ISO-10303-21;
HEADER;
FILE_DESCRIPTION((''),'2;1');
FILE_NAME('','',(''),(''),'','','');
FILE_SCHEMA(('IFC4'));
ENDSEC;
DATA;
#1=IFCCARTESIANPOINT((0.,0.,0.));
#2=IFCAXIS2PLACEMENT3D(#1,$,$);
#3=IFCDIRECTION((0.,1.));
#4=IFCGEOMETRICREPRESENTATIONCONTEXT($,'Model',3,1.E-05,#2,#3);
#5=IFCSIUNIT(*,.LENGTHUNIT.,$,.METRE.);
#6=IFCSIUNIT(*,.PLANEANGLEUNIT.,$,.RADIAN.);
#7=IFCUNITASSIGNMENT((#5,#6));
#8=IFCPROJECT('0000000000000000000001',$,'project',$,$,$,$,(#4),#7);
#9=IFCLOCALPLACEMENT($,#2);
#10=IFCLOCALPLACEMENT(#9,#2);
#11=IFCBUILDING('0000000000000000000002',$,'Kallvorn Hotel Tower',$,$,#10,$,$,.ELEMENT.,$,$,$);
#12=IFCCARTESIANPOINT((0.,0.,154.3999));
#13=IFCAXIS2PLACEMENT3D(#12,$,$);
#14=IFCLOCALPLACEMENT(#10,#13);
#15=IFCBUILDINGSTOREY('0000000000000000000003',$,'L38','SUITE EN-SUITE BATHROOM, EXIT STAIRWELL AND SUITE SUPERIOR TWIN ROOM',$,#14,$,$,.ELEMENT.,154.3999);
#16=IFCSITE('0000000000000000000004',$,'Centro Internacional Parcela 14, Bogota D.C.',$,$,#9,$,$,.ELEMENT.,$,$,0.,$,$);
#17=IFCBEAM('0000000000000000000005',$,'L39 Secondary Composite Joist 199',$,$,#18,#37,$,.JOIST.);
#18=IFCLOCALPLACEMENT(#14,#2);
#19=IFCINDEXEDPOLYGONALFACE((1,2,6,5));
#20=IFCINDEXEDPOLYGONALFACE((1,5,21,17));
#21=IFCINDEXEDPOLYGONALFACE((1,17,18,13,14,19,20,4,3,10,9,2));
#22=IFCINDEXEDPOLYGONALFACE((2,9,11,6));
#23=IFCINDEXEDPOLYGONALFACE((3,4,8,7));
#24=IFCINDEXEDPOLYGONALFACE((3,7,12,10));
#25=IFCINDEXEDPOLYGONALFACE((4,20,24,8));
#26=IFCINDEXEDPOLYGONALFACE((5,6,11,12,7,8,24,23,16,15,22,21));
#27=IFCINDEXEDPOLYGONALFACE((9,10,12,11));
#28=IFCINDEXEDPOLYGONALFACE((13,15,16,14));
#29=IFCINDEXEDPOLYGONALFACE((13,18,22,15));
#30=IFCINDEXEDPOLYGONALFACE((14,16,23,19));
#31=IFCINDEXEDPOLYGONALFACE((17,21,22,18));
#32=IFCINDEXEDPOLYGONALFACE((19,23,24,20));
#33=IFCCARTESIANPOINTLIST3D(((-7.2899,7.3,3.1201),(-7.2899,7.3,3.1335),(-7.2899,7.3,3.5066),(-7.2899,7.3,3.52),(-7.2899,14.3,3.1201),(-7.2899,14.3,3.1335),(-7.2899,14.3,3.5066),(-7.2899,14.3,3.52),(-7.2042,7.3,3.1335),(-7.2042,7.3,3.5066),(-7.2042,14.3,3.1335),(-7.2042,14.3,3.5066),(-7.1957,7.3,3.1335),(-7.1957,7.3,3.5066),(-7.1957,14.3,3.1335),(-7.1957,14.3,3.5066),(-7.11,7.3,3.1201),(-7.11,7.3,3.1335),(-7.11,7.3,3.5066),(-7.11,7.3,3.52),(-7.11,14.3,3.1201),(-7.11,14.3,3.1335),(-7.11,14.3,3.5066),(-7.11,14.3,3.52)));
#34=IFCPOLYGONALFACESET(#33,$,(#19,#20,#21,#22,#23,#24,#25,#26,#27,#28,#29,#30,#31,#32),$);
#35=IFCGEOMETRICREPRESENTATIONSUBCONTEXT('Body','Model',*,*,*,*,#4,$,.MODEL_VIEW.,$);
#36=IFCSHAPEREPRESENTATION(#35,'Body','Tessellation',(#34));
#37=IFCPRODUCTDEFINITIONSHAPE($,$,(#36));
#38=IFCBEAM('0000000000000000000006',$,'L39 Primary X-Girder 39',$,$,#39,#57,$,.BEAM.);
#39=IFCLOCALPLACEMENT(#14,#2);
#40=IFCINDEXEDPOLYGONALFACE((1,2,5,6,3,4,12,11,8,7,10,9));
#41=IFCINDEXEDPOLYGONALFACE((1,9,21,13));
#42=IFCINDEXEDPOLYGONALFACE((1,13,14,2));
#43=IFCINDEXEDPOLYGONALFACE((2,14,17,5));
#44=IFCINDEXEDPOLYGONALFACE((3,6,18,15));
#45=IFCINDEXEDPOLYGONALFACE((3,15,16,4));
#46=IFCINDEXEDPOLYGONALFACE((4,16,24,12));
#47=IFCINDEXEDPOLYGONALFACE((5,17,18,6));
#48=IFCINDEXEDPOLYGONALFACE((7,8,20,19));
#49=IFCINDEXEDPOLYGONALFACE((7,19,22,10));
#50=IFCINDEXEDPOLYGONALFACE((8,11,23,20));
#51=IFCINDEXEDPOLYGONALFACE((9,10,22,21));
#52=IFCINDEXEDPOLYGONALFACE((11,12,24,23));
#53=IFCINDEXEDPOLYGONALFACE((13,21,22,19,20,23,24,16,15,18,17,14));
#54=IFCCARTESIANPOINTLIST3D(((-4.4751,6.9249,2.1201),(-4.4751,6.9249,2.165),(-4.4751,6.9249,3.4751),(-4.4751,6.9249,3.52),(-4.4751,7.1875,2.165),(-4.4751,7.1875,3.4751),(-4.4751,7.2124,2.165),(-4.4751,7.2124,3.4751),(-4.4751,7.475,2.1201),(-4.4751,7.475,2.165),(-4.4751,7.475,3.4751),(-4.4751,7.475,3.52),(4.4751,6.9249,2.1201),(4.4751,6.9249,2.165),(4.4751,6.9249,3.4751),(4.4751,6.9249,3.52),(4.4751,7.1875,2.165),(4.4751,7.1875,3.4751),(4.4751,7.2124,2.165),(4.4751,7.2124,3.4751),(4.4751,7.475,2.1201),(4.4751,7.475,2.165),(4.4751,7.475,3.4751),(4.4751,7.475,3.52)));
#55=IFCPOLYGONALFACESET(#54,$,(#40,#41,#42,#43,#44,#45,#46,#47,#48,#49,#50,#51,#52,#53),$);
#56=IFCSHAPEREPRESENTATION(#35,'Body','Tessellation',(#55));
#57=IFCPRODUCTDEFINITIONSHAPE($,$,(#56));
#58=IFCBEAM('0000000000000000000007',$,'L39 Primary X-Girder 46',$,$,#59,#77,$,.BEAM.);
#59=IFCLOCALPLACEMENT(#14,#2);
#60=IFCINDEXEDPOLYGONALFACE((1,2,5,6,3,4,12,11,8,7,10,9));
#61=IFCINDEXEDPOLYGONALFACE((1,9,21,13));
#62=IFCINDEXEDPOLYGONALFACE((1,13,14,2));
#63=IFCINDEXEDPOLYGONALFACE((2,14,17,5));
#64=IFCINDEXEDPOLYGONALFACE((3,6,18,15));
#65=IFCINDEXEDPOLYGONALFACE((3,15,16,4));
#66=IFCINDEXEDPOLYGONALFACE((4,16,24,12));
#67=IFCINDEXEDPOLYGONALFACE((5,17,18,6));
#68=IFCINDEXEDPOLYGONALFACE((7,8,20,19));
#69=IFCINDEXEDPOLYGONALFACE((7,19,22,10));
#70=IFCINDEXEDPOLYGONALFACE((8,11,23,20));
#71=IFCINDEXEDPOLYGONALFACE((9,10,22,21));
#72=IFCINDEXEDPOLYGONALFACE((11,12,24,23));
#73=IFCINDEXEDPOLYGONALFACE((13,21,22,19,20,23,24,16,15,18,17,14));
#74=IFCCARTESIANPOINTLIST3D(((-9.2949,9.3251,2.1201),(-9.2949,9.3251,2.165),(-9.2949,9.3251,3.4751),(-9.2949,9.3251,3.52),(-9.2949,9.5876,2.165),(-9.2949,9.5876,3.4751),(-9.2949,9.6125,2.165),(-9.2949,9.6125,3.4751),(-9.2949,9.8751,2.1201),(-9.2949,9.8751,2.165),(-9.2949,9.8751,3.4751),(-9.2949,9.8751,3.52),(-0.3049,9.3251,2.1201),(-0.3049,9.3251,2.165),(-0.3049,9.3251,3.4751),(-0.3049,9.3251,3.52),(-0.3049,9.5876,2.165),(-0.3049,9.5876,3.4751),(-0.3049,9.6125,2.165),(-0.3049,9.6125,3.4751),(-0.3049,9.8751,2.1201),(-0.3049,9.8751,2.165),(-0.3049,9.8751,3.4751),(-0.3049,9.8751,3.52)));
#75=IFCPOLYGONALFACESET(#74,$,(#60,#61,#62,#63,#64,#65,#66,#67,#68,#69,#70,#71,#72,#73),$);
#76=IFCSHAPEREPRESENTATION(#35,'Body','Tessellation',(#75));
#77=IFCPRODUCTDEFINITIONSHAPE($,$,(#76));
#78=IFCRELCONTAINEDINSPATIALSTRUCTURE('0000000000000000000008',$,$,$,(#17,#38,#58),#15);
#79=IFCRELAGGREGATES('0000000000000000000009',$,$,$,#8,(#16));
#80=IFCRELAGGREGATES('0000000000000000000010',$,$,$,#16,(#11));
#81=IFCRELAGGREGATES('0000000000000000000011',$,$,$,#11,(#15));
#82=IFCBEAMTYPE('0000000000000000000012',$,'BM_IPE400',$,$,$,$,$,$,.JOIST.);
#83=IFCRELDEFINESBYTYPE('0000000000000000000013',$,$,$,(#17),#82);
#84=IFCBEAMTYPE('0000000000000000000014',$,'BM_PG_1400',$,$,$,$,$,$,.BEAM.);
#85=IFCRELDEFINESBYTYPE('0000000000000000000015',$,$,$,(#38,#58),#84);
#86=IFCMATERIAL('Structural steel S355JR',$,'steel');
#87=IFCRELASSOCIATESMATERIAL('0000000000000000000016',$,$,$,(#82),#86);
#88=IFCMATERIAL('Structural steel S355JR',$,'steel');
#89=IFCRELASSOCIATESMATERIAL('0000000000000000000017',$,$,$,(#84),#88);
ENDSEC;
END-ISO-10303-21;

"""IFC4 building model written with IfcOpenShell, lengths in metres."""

from ifc_helpers import new_model, si_unit, direction, frame, origin, origin_2d, place, context, subcontext, project, spatial, i_section, extrude, material, material_profile, profile_set, type_object, element, save


model = new_model("IFC4")

# Units and contexts
model_context = context("Model", 3, precision=1e-05, world=origin(), true_north=direction((0.0, 1.0)))
body_context = subcontext(model_context, "Body", "Model", "MODEL_VIEW")
ifc_project = project(units=[si_unit("LENGTHUNIT", "METRE"), si_unit("PLANEANGLEUNIT", "RADIAN")], contexts=[model_context])

# Site, building, storey
site_placement = place(None, origin())
site = spatial("IfcSite", under=ifc_project, at=site_placement, Name="Centro Internacional Parcela 14, Bogota D.C.", CompositionType="ELEMENT", RefElevation=0.0)
building_placement = place(site_placement, origin())
building = spatial("IfcBuilding", under=site, at=building_placement, Name="Kallvorn Hotel Tower", CompositionType="ELEMENT")
storey_placement = place(building_placement, frame((0.0, 0.0, 154.3999)))
storey = spatial("IfcBuildingStorey", under=building, at=storey_placement, Name="L38", Description="SUITE EN-SUITE BATHROOM, EXIT STAIRWELL AND SUITE SUPERIOR TWIN ROOM", CompositionType="ELEMENT", Elevation=154.3999)

# Beams
ifc_material_1 = material(Name="Structural steel S355JR", Category="steel")
ifc_material_profile_1 = material_profile(ifc_material_1, i_section(OverallWidth=0.1799, OverallDepth=0.3999, WebThickness=0.0085, FlangeThickness=0.0134, at=origin_2d()), Name="IPE 400")
ifc_profile_set_1 = profile_set([ifc_material_profile_1], Name="Structural steel S355JR")
beam_type_1 = type_object("IfcBeamType", Name="BM_IPE400", PredefinedType="JOIST", material=ifc_profile_set_1)
for number, where, z_axis, x_axis, name in (
    (1, (-7.2, 7.3, 3.3201), (0.0, 1.0, 0.0), (-1.0, 0.0, 0.0), "L39 Secondary Composite Joist 199"),
):
    element("IfcBeam", number, at=place(storey_placement, frame(where, z_axis=z_axis, x_axis=x_axis)), inside=storey, type_object=beam_type_1, Name=name, PredefinedType="JOIST", context=body_context, shape_type="SweptSolid", body=[
        extrude(i_section(OverallWidth=0.1799, OverallDepth=0.3999, WebThickness=0.0085, FlangeThickness=0.0134, at=origin_2d()), origin(), (0.0, 0.0, 1.0), 7.0),
    ])
ifc_material_2 = material(Name="Structural steel S355JR", Category="steel")
ifc_material_profile_2 = material_profile(ifc_material_2, i_section(OverallWidth=0.55, OverallDepth=1.3999, WebThickness=0.0249, FlangeThickness=0.0449, at=origin_2d()), Name="PG 1400x550x25x45")
ifc_profile_set_2 = profile_set([ifc_material_profile_2], Name="Structural steel S355JR")
beam_type_2 = type_object("IfcBeamType", Name="BM_PG_1400", PredefinedType="BEAM", material=ifc_profile_set_2)
beam_1_placement = place(storey_placement, frame((-4.4751, 7.2, 2.8201), z_axis=(1.0, 0.0, 0.0), x_axis=(0.0, 1.0, 0.0)))
element("IfcBeam", 2, at=beam_1_placement, inside=storey, type_object=beam_type_2, Name="L39 Primary X-Girder 39", PredefinedType="BEAM", context=body_context, shape_type="SweptSolid", body=[
    extrude(i_section(OverallWidth=0.55, OverallDepth=1.3999, WebThickness=0.0249, FlangeThickness=0.0449, at=origin_2d()), origin(), (0.0, 0.0, 1.0), 8.9502),
])
beam_2_placement = place(storey_placement, frame((-9.2949, 9.6001, 2.8201), z_axis=(1.0, 0.0, 0.0), x_axis=(0.0, 1.0, 0.0)))
element("IfcBeam", 3, at=beam_2_placement, inside=storey, type_object=beam_type_2, Name="L39 Primary X-Girder 46", PredefinedType="BEAM", context=body_context, shape_type="SweptSolid", body=[
    extrude(i_section(OverallWidth=0.55, OverallDepth=1.3999, WebThickness=0.0249, FlangeThickness=0.0449, at=origin_2d()), origin(), (0.0, 0.0, 1.0), 8.99),
])

save(model, "model.ifc")
